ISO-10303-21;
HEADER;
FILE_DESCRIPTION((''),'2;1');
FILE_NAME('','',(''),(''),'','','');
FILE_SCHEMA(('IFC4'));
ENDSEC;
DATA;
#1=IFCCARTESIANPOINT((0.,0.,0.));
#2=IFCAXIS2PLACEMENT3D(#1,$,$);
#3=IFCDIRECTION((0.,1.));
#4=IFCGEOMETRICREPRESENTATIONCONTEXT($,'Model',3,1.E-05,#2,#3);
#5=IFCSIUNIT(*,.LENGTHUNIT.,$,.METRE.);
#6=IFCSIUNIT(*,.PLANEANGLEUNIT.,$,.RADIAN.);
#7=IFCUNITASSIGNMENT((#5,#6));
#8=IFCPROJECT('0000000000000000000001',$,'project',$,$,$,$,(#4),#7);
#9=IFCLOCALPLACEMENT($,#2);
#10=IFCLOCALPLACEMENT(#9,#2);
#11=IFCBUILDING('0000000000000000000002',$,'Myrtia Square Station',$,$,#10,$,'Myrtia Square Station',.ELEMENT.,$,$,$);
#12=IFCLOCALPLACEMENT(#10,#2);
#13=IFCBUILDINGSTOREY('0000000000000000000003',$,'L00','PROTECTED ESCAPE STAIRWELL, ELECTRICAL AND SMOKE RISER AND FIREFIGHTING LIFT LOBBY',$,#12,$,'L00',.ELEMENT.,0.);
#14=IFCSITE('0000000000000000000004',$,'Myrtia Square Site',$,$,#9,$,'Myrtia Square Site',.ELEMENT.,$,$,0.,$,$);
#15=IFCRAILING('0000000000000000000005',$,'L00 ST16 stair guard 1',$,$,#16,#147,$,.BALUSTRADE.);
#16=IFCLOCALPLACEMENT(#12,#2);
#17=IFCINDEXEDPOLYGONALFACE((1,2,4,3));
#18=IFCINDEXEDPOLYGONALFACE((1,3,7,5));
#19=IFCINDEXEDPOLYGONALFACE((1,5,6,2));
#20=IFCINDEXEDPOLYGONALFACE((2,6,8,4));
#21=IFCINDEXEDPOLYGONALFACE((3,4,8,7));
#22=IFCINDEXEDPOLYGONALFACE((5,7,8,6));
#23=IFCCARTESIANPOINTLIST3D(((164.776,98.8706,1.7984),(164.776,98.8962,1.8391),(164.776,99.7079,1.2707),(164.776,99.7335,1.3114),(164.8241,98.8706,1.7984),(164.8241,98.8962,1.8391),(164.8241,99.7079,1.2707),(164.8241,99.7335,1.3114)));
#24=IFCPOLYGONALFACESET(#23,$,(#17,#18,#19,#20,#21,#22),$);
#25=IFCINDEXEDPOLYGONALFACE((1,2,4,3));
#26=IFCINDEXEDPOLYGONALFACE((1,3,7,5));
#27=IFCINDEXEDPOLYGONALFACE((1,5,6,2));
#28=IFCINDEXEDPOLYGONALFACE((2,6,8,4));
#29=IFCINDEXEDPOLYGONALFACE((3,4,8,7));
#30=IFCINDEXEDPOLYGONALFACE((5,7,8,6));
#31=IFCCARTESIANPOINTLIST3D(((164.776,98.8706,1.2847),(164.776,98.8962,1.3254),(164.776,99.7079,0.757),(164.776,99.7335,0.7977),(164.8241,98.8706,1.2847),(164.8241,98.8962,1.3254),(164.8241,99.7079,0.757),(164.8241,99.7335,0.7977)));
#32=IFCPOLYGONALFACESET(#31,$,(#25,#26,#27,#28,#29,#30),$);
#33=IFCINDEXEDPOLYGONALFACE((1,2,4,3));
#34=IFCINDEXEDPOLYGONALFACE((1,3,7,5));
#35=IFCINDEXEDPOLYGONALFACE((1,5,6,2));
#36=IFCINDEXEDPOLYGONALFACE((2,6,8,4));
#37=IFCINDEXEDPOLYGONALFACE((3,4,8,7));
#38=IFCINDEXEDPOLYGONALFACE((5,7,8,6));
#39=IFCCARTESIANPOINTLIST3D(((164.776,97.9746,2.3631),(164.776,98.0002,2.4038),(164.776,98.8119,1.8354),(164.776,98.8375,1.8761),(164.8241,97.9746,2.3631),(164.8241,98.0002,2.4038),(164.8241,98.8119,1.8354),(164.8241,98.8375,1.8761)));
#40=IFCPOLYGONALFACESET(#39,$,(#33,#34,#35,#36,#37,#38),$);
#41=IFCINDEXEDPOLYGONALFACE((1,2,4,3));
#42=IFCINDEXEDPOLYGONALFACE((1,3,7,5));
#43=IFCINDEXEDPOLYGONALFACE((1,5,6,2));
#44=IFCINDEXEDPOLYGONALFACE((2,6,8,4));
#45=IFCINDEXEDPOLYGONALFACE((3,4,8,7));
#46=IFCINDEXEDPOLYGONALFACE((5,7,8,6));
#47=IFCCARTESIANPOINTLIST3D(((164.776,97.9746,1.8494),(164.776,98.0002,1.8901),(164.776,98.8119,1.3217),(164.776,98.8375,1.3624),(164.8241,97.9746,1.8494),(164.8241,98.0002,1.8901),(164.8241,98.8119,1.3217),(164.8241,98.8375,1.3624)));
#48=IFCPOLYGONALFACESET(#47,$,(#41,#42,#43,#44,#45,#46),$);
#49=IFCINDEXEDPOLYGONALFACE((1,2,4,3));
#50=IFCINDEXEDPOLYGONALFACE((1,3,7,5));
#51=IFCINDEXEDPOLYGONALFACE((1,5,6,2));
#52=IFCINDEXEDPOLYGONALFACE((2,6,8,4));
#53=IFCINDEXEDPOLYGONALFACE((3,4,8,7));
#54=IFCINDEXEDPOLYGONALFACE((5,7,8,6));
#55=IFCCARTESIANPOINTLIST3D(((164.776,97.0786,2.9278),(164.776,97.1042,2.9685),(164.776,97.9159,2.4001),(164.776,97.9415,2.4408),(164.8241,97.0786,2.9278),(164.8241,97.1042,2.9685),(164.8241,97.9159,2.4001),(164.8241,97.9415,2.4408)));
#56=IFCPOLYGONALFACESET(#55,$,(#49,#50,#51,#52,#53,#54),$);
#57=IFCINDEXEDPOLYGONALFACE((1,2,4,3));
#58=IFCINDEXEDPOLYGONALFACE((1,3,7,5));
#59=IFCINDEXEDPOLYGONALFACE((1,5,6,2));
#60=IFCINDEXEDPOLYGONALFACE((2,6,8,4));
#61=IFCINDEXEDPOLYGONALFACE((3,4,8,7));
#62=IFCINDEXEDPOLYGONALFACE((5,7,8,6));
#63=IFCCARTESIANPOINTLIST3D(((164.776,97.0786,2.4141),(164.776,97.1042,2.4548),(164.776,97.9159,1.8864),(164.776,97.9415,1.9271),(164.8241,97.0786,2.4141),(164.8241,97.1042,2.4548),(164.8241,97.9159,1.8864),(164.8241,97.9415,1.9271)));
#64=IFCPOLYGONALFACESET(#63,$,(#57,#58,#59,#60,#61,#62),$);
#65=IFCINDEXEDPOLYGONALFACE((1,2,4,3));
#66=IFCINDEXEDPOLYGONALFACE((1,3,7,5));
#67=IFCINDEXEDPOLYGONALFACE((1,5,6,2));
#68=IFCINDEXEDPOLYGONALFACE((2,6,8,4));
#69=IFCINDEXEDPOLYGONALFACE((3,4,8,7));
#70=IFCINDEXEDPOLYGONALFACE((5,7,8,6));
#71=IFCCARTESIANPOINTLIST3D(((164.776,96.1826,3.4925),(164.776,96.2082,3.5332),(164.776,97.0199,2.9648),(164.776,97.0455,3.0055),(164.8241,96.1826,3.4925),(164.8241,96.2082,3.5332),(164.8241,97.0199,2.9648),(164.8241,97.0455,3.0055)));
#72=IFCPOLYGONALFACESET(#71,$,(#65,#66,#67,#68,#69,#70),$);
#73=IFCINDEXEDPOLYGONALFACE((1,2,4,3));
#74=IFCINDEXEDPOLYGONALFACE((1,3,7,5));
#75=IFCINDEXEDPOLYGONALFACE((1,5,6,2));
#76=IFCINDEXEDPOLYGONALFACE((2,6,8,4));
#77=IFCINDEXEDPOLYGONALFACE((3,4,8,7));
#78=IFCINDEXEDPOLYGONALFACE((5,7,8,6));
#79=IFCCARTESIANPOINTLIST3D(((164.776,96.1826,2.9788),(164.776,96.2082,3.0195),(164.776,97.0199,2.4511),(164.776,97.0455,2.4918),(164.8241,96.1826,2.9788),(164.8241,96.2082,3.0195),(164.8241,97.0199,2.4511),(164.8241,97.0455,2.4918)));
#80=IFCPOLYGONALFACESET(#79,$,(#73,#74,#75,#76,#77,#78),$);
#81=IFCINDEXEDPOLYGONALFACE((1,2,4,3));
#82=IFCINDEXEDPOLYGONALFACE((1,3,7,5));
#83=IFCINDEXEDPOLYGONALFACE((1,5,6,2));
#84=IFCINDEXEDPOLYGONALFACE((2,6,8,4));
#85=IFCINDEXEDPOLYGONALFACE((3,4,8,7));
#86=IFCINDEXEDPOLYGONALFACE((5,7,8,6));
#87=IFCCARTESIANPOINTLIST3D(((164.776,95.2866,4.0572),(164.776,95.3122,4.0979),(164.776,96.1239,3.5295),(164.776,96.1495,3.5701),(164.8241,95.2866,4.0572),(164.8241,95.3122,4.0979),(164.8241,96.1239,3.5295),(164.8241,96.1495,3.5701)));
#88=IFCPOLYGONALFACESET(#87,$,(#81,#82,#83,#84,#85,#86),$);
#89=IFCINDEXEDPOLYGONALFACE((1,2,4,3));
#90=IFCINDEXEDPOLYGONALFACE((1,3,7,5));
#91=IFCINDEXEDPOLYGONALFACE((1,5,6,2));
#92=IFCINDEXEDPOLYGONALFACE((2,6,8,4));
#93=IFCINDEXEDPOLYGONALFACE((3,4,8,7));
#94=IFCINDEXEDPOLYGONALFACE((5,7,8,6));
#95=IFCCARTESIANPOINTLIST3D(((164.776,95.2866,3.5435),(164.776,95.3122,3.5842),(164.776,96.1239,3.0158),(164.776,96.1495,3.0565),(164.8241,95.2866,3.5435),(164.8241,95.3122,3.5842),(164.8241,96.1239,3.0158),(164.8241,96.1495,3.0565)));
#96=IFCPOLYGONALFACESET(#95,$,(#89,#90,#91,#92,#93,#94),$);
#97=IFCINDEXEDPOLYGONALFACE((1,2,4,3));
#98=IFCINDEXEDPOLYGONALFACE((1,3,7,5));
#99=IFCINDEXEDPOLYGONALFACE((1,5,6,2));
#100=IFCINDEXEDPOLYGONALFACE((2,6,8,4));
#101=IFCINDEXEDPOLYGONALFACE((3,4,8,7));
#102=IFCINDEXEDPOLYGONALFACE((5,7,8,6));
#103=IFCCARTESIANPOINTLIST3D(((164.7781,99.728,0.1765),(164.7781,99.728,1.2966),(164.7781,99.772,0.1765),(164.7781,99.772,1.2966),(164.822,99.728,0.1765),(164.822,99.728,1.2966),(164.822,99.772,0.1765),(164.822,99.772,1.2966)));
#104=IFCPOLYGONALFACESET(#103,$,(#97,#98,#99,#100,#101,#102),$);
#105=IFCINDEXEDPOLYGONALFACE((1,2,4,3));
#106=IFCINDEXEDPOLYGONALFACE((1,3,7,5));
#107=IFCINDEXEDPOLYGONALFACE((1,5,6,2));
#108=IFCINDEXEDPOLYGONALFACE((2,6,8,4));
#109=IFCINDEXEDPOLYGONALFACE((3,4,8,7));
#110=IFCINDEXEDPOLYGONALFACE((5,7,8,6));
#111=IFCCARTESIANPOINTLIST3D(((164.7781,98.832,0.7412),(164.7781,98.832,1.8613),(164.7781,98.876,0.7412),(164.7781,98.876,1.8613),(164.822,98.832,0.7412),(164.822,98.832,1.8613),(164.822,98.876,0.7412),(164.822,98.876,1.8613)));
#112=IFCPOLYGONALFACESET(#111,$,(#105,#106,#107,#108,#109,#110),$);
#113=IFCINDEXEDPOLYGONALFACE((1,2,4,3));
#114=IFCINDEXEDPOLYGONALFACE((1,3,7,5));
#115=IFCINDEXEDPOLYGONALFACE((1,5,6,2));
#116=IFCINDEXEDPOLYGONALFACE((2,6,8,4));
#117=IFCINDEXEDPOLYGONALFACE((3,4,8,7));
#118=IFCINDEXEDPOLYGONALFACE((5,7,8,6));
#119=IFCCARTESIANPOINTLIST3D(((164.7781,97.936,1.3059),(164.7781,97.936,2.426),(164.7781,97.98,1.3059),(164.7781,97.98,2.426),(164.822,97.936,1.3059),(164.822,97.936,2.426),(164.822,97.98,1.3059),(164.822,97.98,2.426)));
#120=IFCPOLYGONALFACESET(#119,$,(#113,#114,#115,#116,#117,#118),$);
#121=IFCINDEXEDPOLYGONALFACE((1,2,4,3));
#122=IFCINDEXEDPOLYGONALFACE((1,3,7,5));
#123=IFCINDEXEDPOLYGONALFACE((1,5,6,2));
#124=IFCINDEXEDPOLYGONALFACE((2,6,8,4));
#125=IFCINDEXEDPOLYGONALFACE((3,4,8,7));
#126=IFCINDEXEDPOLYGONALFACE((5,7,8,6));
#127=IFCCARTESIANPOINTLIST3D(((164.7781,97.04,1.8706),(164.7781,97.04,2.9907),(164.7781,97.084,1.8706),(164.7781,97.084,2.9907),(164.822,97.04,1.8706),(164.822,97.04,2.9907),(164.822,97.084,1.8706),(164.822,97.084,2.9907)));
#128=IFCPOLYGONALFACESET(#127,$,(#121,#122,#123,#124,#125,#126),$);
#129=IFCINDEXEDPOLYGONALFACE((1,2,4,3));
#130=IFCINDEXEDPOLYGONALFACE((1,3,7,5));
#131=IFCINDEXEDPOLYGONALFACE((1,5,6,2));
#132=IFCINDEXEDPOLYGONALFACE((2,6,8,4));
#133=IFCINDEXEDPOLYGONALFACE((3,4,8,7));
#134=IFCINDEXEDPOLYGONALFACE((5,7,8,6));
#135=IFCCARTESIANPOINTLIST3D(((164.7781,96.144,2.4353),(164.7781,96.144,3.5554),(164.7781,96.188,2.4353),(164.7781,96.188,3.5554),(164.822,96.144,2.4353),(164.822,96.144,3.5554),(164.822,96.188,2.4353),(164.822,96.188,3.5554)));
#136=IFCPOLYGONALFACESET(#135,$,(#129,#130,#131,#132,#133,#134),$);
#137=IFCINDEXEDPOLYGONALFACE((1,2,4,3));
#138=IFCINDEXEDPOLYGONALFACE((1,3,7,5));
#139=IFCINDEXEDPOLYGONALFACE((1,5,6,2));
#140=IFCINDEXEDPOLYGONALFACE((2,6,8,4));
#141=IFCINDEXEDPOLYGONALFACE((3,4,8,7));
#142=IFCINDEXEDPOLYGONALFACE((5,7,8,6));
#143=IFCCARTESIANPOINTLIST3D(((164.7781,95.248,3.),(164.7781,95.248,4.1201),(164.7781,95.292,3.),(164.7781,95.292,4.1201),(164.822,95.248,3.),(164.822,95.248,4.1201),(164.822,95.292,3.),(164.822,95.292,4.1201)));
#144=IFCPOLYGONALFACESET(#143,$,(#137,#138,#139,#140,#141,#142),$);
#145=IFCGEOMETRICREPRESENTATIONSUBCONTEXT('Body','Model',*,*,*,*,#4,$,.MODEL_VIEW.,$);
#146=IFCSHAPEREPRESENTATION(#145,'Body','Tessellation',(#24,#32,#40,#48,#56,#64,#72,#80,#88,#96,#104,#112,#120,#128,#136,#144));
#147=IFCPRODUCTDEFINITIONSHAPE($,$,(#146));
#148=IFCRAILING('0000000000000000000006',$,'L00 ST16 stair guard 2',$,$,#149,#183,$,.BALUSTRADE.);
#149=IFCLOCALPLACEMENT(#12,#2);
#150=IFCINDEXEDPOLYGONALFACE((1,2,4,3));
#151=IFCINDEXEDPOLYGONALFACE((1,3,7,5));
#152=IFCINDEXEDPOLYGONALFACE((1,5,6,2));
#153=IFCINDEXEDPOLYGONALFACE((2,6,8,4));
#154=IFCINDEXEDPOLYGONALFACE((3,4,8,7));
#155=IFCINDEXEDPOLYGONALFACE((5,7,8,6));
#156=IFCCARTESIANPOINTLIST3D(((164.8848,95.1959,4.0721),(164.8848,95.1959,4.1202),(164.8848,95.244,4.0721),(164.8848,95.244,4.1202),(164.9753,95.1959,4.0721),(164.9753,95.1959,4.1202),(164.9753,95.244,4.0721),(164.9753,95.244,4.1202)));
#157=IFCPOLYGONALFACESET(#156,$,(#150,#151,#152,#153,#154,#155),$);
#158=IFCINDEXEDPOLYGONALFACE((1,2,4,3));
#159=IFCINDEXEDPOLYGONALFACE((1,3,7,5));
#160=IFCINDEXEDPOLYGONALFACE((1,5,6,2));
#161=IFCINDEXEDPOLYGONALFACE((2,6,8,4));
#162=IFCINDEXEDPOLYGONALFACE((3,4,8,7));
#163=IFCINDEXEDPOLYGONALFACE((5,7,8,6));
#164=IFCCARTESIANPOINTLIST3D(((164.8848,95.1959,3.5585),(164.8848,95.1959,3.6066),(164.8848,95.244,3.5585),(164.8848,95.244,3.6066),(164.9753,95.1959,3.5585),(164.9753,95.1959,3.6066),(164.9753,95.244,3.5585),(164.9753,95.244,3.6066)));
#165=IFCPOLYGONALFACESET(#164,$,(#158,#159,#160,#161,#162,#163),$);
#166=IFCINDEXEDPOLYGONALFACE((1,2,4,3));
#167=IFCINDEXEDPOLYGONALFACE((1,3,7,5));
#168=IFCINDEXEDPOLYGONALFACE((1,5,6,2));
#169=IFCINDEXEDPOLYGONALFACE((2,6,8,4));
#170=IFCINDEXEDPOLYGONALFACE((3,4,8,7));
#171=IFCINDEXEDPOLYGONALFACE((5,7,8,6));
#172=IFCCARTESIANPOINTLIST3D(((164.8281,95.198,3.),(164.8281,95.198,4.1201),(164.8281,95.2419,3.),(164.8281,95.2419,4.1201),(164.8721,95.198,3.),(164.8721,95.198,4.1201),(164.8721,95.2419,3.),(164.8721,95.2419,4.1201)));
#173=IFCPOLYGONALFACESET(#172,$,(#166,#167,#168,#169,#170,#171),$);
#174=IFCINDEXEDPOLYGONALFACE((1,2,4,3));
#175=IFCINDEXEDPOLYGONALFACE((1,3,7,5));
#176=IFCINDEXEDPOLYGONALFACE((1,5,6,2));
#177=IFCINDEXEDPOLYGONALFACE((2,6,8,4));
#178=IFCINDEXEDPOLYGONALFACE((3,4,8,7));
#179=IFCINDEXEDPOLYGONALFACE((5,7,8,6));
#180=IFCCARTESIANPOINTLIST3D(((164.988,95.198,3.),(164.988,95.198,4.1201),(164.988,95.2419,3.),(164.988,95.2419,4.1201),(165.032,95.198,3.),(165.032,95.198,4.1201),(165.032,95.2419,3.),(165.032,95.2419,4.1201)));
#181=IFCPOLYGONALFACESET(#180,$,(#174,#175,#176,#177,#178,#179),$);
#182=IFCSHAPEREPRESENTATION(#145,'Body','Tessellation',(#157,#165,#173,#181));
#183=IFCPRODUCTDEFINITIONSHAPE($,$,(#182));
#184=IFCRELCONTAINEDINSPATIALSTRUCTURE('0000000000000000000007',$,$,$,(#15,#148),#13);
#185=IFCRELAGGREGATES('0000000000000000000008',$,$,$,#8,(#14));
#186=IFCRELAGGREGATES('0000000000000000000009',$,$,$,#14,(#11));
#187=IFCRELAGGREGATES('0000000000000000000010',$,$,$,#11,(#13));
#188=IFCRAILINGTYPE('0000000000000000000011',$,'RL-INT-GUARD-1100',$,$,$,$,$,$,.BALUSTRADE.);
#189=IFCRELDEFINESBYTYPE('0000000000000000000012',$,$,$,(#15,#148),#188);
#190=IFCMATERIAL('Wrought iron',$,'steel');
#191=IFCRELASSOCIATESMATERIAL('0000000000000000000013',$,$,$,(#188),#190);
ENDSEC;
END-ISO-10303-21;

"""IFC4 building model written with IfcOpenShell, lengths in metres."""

from ifc_helpers import new_model, si_unit, direction, frame, origin, origin_2d, place, context, subcontext, project, spatial, rectangle, extrude, material, type_object, element, save


model = new_model("IFC4")

# Units and contexts
model_context = context("Model", 3, precision=1e-05, world=origin(), true_north=direction((0.0, 1.0)))
body_context = subcontext(model_context, "Body", "Model", "MODEL_VIEW")
ifc_project = project(units=[si_unit("LENGTHUNIT", "METRE"), si_unit("PLANEANGLEUNIT", "RADIAN")], contexts=[model_context])

# Site, building, storey
site_placement = place(None, origin())
site = spatial("IfcSite", under=ifc_project, at=site_placement, Name="Myrtia Square Site", LongName="Myrtia Square Site", CompositionType="ELEMENT", RefElevation=0.0)
building_placement = place(site_placement, origin())
building = spatial("IfcBuilding", under=site, at=building_placement, Name="Myrtia Square Station", LongName="Myrtia Square Station", CompositionType="ELEMENT")
storey_placement = place(building_placement, origin())
storey = spatial("IfcBuildingStorey", under=building, at=storey_placement, Name="L00", Description="PROTECTED ESCAPE STAIRWELL, ELECTRICAL AND SMOKE RISER AND FIREFIGHTING LIFT LOBBY", LongName="L00", CompositionType="ELEMENT", Elevation=0.0)

# Railings
ifc_material_1 = material(Name="Wrought iron", Category="steel")
railing_type_1 = type_object("IfcRailingType", Name="RL-INT-GUARD-1100", PredefinedType="BALUSTRADE", material=ifc_material_1)
railing_1_placement = place(storey_placement, frame((164.8, 99.75, 0.1765)))
element("IfcRailing", 1, at=railing_1_placement, inside=storey, type_object=railing_type_1, Name="L00 ST16 stair guard 1", PredefinedType="BALUSTRADE", context=body_context, shape_type="SweptSolid", body=[
    extrude(rectangle(XDim=0.0481, YDim=0.0481, at=origin_2d()), frame((0.0, -0.0293, 1.1145), z_axis=(0.0, -0.845998, 0.533186), x_axis=(1.0, 0.0, 0.0)), (0.0, 0.0, 1.0), 0.9897),
    extrude(rectangle(XDim=0.0481, YDim=0.0481, at=origin_2d()), frame((0.0, -0.0293, 0.6008), z_axis=(0.0, -0.845998, 0.533186), x_axis=(1.0, 0.0, 0.0)), (0.0, 0.0, 1.0), 0.9897),
    extrude(rectangle(XDim=0.0481, YDim=0.0481, at=origin_2d()), frame((0.0, -0.9253, 1.6792), z_axis=(0.0, -0.845998, 0.533186), x_axis=(1.0, 0.0, 0.0)), (0.0, 0.0, 1.0), 0.9897),
    extrude(rectangle(XDim=0.0481, YDim=0.0481, at=origin_2d()), frame((0.0, -0.9253, 1.1655), z_axis=(0.0, -0.845998, 0.533186), x_axis=(1.0, 0.0, 0.0)), (0.0, 0.0, 1.0), 0.9897),
    extrude(rectangle(XDim=0.0481, YDim=0.0481, at=origin_2d()), frame((0.0, -1.8213, 2.2439), z_axis=(0.0, -0.845998, 0.533186), x_axis=(1.0, 0.0, 0.0)), (0.0, 0.0, 1.0), 0.9897),
    extrude(rectangle(XDim=0.0481, YDim=0.0481, at=origin_2d()), frame((0.0, -1.8213, 1.7302), z_axis=(0.0, -0.845998, 0.533186), x_axis=(1.0, 0.0, 0.0)), (0.0, 0.0, 1.0), 0.9897),
    extrude(rectangle(XDim=0.0481, YDim=0.0481, at=origin_2d()), frame((0.0, -2.7173, 2.8086), z_axis=(0.0, -0.845998, 0.533186), x_axis=(1.0, 0.0, 0.0)), (0.0, 0.0, 1.0), 0.9897),
    extrude(rectangle(XDim=0.0481, YDim=0.0481, at=origin_2d()), frame((0.0, -2.7173, 2.2949), z_axis=(0.0, -0.845998, 0.533186), x_axis=(1.0, 0.0, 0.0)), (0.0, 0.0, 1.0), 0.9897),
    extrude(rectangle(XDim=0.0481, YDim=0.0481, at=origin_2d()), frame((0.0, -3.6133, 3.3733), z_axis=(0.0, -0.845998, 0.533186), x_axis=(1.0, 0.0, 0.0)), (0.0, 0.0, 1.0), 0.9897),
    extrude(rectangle(XDim=0.0481, YDim=0.0481, at=origin_2d()), frame((0.0, -3.6133, 2.8596), z_axis=(0.0, -0.845998, 0.533186), x_axis=(1.0, 0.0, 0.0)), (0.0, 0.0, 1.0), 0.9897),
    extrude(rectangle(XDim=0.0439, YDim=0.0439, at=origin_2d()), origin(), (0.0, 0.0, 1.0), 1.1201),
    extrude(rectangle(XDim=0.0439, YDim=0.0439, at=origin_2d()), frame((0.0, -0.896, 0.5647)), (0.0, 0.0, 1.0), 1.1201),
    extrude(rectangle(XDim=0.0439, YDim=0.0439, at=origin_2d()), frame((0.0, -1.792, 1.1294)), (0.0, 0.0, 1.0), 1.1201),
    extrude(rectangle(XDim=0.0439, YDim=0.0439, at=origin_2d()), frame((0.0, -2.688, 1.6941)), (0.0, 0.0, 1.0), 1.1201),
    extrude(rectangle(XDim=0.0439, YDim=0.0439, at=origin_2d()), frame((0.0, -3.584, 2.2588)), (0.0, 0.0, 1.0), 1.1201),
    extrude(rectangle(XDim=0.0439, YDim=0.0439, at=origin_2d()), frame((0.0, -4.48, 2.8235)), (0.0, 0.0, 1.0), 1.1201),
])
railing_2_placement = place(storey_placement, frame((164.8501, 95.22, 3.0)))
element("IfcRailing", 2, at=railing_2_placement, inside=storey, type_object=railing_type_1, Name="L00 ST16 stair guard 2", PredefinedType="BALUSTRADE", context=body_context, shape_type="SweptSolid", body=[
    extrude(rectangle(XDim=0.0481, YDim=0.0481, at=origin_2d()), frame((0.0347, 0.0, 1.0962), z_axis=(1.0, 0.0, 0.0), x_axis=(0.0, 1.0, 0.0)), (0.0, 0.0, 1.0), 0.0906),
    extrude(rectangle(XDim=0.0481, YDim=0.0481, at=origin_2d()), frame((0.0347, 0.0, 0.5825), z_axis=(1.0, 0.0, 0.0), x_axis=(0.0, 1.0, 0.0)), (0.0, 0.0, 1.0), 0.0906),
    extrude(rectangle(XDim=0.0439, YDim=0.0439, at=origin_2d()), origin(), (0.0, 0.0, 1.0), 1.1201),
    extrude(rectangle(XDim=0.0439, YDim=0.0439, at=origin_2d()), frame((0.1599, 0.0, 0.0)), (0.0, 0.0, 1.0), 1.1201),
])

save(model, "model.ifc")
